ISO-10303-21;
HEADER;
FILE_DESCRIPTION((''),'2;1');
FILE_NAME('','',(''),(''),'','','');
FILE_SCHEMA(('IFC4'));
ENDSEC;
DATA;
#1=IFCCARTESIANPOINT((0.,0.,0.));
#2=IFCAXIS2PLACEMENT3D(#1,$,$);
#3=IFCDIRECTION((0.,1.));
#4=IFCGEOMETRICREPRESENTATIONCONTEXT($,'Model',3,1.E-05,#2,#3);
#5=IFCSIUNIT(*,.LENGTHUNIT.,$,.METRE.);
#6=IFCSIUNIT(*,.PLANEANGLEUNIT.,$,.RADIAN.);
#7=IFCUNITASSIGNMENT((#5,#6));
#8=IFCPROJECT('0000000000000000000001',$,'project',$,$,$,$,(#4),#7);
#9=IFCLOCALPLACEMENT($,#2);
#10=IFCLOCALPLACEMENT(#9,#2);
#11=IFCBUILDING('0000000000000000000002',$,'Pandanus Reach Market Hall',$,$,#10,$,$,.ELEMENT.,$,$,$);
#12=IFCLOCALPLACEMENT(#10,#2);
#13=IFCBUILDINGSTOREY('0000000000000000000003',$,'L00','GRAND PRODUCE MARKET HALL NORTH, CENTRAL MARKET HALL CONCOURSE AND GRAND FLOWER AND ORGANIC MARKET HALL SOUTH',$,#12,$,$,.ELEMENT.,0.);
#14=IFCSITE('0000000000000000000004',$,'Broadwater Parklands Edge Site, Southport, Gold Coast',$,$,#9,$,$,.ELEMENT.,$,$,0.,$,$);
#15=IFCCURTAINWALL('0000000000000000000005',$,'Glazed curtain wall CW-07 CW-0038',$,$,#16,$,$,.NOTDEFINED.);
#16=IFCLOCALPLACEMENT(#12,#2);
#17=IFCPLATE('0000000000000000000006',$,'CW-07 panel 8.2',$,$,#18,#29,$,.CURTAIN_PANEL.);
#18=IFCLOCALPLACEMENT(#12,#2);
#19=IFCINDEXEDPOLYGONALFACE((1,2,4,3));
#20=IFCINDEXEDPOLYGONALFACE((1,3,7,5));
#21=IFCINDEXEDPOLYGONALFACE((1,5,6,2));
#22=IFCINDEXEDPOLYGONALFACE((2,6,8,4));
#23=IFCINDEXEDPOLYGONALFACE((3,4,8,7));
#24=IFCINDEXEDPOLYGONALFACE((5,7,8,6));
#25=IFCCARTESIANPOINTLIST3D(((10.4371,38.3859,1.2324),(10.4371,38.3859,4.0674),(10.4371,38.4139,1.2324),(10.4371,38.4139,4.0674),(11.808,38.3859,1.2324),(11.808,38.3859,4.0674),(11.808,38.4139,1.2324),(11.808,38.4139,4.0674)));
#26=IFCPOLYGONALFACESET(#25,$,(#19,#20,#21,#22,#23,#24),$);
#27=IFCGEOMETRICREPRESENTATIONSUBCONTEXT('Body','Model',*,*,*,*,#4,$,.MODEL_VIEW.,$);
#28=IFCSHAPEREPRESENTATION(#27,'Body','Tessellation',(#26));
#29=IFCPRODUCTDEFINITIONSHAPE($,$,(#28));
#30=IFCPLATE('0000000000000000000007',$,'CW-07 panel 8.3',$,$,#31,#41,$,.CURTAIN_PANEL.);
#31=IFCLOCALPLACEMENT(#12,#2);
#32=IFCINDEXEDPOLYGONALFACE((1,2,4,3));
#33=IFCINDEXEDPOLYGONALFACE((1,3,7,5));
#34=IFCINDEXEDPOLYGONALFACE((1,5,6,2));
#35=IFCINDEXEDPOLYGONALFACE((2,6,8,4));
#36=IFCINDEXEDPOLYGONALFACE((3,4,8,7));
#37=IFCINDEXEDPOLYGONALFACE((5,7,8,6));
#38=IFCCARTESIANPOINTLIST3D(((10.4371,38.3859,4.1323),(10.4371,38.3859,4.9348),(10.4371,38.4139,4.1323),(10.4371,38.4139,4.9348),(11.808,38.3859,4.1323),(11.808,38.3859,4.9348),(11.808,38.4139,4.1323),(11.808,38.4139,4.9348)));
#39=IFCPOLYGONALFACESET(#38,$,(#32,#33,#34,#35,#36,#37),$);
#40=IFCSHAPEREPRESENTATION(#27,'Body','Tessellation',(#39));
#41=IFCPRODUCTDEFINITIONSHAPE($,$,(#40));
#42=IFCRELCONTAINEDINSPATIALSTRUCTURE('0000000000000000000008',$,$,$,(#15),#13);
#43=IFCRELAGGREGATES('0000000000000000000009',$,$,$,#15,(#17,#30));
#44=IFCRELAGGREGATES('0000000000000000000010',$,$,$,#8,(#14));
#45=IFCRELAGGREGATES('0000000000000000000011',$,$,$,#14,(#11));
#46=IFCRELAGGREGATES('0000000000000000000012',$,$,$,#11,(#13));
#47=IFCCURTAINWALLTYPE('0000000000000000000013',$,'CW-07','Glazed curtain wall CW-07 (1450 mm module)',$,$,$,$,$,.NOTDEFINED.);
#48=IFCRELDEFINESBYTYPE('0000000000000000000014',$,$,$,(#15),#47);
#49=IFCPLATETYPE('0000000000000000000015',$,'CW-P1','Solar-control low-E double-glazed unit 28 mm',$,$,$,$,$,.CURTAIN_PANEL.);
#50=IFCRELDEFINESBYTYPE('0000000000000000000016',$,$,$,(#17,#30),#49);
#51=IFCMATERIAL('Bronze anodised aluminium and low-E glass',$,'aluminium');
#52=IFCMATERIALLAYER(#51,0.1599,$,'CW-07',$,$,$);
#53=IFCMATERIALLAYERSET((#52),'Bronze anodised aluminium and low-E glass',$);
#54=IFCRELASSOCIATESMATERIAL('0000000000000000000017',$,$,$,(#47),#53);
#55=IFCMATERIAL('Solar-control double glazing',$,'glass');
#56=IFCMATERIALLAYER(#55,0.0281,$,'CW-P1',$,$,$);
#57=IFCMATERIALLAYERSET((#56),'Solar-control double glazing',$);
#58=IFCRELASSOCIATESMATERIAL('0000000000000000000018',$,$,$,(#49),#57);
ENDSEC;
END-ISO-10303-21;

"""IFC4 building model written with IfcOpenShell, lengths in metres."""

from ifc_helpers import new_model, si_unit, direction, frame, origin, origin_2d, place, context, subcontext, project, spatial, rectangle, extrude, material, layer, layer_set, type_object, element, aggregate, save


model = new_model("IFC4")

# Units and contexts
model_context = context("Model", 3, precision=1e-05, world=origin(), true_north=direction((0.0, 1.0)))
body_context = subcontext(model_context, "Body", "Model", "MODEL_VIEW")
ifc_project = project(units=[si_unit("LENGTHUNIT", "METRE"), si_unit("PLANEANGLEUNIT", "RADIAN")], contexts=[model_context])

# Site, building, storey
site_placement = place(None, origin())
site = spatial("IfcSite", under=ifc_project, at=site_placement, Name="Broadwater Parklands Edge Site, Southport, Gold Coast", CompositionType="ELEMENT", RefElevation=0.0)
building_placement = place(site_placement, origin())
building = spatial("IfcBuilding", under=site, at=building_placement, Name="Pandanus Reach Market Hall", CompositionType="ELEMENT")
storey_placement = place(building_placement, origin())
storey = spatial("IfcBuildingStorey", under=building, at=storey_placement, Name="L00", Description="GRAND PRODUCE MARKET HALL NORTH, CENTRAL MARKET HALL CONCOURSE AND GRAND FLOWER AND ORGANIC MARKET HALL SOUTH", CompositionType="ELEMENT", Elevation=0.0)

# Curtain wall
ifc_material_1 = material(Name="Bronze anodised aluminium and low-E glass", Category="aluminium")
ifc_layer_1 = layer(ifc_material_1, 0.1599, Name="CW-07")
ifc_layer_set_1 = layer_set([ifc_layer_1], Name="Bronze anodised aluminium and low-E glass")
curtain_wall_type = type_object("IfcCurtainWallType", Name="CW-07", Description="Glazed curtain wall CW-07 (1450 mm module)", PredefinedType="NOTDEFINED", material=ifc_layer_set_1)
curtain_wall_placement = place(storey_placement, origin())
curtain_wall = element("IfcCurtainWall", 1, at=curtain_wall_placement, inside=storey, type_object=curtain_wall_type, Name="Glazed curtain wall CW-07 CW-0038", PredefinedType="NOTDEFINED")

# Plates
ifc_material_2 = material(Name="Solar-control double glazing", Category="glass")
ifc_layer_2 = layer(ifc_material_2, 0.0281, Name="CW-P1")
ifc_layer_set_2 = layer_set([ifc_layer_2], Name="Solar-control double glazing")
plate_type = type_object("IfcPlateType", Name="CW-P1", Description="Solar-control low-E double-glazed unit 28 mm", PredefinedType="CURTAIN_PANEL", material=ifc_layer_set_2)
plate_1_placement = place(storey_placement, frame((11.1226, 38.3999, 1.2324), z_axis=(0.0, 0.0, 1.0), x_axis=(1.0, 0.0, 0.0)))
plate_1 = element("IfcPlate", 2, at=plate_1_placement, type_object=plate_type, Name="CW-07 panel 8.2", PredefinedType="CURTAIN_PANEL", context=body_context, shape_type="SweptSolid", body=[
    extrude(rectangle(XDim=1.3708, YDim=0.0281, at=origin_2d()), origin(), (0.0, 0.0, 1.0), 2.835),
])
plate_2_placement = place(storey_placement, frame((11.1226, 38.3999, 4.1323), z_axis=(0.0, 0.0, 1.0), x_axis=(1.0, 0.0, 0.0)))
plate_2 = element("IfcPlate", 3, at=plate_2_placement, type_object=plate_type, Name="CW-07 panel 8.3", PredefinedType="CURTAIN_PANEL", context=body_context, shape_type="SweptSolid", body=[
    extrude(rectangle(XDim=1.3708, YDim=0.0281, at=origin_2d()), origin(), (0.0, 0.0, 1.0), 0.8025),
])
aggregate(curtain_wall, [plate_1, plate_2])

save(model, "model.ifc")
